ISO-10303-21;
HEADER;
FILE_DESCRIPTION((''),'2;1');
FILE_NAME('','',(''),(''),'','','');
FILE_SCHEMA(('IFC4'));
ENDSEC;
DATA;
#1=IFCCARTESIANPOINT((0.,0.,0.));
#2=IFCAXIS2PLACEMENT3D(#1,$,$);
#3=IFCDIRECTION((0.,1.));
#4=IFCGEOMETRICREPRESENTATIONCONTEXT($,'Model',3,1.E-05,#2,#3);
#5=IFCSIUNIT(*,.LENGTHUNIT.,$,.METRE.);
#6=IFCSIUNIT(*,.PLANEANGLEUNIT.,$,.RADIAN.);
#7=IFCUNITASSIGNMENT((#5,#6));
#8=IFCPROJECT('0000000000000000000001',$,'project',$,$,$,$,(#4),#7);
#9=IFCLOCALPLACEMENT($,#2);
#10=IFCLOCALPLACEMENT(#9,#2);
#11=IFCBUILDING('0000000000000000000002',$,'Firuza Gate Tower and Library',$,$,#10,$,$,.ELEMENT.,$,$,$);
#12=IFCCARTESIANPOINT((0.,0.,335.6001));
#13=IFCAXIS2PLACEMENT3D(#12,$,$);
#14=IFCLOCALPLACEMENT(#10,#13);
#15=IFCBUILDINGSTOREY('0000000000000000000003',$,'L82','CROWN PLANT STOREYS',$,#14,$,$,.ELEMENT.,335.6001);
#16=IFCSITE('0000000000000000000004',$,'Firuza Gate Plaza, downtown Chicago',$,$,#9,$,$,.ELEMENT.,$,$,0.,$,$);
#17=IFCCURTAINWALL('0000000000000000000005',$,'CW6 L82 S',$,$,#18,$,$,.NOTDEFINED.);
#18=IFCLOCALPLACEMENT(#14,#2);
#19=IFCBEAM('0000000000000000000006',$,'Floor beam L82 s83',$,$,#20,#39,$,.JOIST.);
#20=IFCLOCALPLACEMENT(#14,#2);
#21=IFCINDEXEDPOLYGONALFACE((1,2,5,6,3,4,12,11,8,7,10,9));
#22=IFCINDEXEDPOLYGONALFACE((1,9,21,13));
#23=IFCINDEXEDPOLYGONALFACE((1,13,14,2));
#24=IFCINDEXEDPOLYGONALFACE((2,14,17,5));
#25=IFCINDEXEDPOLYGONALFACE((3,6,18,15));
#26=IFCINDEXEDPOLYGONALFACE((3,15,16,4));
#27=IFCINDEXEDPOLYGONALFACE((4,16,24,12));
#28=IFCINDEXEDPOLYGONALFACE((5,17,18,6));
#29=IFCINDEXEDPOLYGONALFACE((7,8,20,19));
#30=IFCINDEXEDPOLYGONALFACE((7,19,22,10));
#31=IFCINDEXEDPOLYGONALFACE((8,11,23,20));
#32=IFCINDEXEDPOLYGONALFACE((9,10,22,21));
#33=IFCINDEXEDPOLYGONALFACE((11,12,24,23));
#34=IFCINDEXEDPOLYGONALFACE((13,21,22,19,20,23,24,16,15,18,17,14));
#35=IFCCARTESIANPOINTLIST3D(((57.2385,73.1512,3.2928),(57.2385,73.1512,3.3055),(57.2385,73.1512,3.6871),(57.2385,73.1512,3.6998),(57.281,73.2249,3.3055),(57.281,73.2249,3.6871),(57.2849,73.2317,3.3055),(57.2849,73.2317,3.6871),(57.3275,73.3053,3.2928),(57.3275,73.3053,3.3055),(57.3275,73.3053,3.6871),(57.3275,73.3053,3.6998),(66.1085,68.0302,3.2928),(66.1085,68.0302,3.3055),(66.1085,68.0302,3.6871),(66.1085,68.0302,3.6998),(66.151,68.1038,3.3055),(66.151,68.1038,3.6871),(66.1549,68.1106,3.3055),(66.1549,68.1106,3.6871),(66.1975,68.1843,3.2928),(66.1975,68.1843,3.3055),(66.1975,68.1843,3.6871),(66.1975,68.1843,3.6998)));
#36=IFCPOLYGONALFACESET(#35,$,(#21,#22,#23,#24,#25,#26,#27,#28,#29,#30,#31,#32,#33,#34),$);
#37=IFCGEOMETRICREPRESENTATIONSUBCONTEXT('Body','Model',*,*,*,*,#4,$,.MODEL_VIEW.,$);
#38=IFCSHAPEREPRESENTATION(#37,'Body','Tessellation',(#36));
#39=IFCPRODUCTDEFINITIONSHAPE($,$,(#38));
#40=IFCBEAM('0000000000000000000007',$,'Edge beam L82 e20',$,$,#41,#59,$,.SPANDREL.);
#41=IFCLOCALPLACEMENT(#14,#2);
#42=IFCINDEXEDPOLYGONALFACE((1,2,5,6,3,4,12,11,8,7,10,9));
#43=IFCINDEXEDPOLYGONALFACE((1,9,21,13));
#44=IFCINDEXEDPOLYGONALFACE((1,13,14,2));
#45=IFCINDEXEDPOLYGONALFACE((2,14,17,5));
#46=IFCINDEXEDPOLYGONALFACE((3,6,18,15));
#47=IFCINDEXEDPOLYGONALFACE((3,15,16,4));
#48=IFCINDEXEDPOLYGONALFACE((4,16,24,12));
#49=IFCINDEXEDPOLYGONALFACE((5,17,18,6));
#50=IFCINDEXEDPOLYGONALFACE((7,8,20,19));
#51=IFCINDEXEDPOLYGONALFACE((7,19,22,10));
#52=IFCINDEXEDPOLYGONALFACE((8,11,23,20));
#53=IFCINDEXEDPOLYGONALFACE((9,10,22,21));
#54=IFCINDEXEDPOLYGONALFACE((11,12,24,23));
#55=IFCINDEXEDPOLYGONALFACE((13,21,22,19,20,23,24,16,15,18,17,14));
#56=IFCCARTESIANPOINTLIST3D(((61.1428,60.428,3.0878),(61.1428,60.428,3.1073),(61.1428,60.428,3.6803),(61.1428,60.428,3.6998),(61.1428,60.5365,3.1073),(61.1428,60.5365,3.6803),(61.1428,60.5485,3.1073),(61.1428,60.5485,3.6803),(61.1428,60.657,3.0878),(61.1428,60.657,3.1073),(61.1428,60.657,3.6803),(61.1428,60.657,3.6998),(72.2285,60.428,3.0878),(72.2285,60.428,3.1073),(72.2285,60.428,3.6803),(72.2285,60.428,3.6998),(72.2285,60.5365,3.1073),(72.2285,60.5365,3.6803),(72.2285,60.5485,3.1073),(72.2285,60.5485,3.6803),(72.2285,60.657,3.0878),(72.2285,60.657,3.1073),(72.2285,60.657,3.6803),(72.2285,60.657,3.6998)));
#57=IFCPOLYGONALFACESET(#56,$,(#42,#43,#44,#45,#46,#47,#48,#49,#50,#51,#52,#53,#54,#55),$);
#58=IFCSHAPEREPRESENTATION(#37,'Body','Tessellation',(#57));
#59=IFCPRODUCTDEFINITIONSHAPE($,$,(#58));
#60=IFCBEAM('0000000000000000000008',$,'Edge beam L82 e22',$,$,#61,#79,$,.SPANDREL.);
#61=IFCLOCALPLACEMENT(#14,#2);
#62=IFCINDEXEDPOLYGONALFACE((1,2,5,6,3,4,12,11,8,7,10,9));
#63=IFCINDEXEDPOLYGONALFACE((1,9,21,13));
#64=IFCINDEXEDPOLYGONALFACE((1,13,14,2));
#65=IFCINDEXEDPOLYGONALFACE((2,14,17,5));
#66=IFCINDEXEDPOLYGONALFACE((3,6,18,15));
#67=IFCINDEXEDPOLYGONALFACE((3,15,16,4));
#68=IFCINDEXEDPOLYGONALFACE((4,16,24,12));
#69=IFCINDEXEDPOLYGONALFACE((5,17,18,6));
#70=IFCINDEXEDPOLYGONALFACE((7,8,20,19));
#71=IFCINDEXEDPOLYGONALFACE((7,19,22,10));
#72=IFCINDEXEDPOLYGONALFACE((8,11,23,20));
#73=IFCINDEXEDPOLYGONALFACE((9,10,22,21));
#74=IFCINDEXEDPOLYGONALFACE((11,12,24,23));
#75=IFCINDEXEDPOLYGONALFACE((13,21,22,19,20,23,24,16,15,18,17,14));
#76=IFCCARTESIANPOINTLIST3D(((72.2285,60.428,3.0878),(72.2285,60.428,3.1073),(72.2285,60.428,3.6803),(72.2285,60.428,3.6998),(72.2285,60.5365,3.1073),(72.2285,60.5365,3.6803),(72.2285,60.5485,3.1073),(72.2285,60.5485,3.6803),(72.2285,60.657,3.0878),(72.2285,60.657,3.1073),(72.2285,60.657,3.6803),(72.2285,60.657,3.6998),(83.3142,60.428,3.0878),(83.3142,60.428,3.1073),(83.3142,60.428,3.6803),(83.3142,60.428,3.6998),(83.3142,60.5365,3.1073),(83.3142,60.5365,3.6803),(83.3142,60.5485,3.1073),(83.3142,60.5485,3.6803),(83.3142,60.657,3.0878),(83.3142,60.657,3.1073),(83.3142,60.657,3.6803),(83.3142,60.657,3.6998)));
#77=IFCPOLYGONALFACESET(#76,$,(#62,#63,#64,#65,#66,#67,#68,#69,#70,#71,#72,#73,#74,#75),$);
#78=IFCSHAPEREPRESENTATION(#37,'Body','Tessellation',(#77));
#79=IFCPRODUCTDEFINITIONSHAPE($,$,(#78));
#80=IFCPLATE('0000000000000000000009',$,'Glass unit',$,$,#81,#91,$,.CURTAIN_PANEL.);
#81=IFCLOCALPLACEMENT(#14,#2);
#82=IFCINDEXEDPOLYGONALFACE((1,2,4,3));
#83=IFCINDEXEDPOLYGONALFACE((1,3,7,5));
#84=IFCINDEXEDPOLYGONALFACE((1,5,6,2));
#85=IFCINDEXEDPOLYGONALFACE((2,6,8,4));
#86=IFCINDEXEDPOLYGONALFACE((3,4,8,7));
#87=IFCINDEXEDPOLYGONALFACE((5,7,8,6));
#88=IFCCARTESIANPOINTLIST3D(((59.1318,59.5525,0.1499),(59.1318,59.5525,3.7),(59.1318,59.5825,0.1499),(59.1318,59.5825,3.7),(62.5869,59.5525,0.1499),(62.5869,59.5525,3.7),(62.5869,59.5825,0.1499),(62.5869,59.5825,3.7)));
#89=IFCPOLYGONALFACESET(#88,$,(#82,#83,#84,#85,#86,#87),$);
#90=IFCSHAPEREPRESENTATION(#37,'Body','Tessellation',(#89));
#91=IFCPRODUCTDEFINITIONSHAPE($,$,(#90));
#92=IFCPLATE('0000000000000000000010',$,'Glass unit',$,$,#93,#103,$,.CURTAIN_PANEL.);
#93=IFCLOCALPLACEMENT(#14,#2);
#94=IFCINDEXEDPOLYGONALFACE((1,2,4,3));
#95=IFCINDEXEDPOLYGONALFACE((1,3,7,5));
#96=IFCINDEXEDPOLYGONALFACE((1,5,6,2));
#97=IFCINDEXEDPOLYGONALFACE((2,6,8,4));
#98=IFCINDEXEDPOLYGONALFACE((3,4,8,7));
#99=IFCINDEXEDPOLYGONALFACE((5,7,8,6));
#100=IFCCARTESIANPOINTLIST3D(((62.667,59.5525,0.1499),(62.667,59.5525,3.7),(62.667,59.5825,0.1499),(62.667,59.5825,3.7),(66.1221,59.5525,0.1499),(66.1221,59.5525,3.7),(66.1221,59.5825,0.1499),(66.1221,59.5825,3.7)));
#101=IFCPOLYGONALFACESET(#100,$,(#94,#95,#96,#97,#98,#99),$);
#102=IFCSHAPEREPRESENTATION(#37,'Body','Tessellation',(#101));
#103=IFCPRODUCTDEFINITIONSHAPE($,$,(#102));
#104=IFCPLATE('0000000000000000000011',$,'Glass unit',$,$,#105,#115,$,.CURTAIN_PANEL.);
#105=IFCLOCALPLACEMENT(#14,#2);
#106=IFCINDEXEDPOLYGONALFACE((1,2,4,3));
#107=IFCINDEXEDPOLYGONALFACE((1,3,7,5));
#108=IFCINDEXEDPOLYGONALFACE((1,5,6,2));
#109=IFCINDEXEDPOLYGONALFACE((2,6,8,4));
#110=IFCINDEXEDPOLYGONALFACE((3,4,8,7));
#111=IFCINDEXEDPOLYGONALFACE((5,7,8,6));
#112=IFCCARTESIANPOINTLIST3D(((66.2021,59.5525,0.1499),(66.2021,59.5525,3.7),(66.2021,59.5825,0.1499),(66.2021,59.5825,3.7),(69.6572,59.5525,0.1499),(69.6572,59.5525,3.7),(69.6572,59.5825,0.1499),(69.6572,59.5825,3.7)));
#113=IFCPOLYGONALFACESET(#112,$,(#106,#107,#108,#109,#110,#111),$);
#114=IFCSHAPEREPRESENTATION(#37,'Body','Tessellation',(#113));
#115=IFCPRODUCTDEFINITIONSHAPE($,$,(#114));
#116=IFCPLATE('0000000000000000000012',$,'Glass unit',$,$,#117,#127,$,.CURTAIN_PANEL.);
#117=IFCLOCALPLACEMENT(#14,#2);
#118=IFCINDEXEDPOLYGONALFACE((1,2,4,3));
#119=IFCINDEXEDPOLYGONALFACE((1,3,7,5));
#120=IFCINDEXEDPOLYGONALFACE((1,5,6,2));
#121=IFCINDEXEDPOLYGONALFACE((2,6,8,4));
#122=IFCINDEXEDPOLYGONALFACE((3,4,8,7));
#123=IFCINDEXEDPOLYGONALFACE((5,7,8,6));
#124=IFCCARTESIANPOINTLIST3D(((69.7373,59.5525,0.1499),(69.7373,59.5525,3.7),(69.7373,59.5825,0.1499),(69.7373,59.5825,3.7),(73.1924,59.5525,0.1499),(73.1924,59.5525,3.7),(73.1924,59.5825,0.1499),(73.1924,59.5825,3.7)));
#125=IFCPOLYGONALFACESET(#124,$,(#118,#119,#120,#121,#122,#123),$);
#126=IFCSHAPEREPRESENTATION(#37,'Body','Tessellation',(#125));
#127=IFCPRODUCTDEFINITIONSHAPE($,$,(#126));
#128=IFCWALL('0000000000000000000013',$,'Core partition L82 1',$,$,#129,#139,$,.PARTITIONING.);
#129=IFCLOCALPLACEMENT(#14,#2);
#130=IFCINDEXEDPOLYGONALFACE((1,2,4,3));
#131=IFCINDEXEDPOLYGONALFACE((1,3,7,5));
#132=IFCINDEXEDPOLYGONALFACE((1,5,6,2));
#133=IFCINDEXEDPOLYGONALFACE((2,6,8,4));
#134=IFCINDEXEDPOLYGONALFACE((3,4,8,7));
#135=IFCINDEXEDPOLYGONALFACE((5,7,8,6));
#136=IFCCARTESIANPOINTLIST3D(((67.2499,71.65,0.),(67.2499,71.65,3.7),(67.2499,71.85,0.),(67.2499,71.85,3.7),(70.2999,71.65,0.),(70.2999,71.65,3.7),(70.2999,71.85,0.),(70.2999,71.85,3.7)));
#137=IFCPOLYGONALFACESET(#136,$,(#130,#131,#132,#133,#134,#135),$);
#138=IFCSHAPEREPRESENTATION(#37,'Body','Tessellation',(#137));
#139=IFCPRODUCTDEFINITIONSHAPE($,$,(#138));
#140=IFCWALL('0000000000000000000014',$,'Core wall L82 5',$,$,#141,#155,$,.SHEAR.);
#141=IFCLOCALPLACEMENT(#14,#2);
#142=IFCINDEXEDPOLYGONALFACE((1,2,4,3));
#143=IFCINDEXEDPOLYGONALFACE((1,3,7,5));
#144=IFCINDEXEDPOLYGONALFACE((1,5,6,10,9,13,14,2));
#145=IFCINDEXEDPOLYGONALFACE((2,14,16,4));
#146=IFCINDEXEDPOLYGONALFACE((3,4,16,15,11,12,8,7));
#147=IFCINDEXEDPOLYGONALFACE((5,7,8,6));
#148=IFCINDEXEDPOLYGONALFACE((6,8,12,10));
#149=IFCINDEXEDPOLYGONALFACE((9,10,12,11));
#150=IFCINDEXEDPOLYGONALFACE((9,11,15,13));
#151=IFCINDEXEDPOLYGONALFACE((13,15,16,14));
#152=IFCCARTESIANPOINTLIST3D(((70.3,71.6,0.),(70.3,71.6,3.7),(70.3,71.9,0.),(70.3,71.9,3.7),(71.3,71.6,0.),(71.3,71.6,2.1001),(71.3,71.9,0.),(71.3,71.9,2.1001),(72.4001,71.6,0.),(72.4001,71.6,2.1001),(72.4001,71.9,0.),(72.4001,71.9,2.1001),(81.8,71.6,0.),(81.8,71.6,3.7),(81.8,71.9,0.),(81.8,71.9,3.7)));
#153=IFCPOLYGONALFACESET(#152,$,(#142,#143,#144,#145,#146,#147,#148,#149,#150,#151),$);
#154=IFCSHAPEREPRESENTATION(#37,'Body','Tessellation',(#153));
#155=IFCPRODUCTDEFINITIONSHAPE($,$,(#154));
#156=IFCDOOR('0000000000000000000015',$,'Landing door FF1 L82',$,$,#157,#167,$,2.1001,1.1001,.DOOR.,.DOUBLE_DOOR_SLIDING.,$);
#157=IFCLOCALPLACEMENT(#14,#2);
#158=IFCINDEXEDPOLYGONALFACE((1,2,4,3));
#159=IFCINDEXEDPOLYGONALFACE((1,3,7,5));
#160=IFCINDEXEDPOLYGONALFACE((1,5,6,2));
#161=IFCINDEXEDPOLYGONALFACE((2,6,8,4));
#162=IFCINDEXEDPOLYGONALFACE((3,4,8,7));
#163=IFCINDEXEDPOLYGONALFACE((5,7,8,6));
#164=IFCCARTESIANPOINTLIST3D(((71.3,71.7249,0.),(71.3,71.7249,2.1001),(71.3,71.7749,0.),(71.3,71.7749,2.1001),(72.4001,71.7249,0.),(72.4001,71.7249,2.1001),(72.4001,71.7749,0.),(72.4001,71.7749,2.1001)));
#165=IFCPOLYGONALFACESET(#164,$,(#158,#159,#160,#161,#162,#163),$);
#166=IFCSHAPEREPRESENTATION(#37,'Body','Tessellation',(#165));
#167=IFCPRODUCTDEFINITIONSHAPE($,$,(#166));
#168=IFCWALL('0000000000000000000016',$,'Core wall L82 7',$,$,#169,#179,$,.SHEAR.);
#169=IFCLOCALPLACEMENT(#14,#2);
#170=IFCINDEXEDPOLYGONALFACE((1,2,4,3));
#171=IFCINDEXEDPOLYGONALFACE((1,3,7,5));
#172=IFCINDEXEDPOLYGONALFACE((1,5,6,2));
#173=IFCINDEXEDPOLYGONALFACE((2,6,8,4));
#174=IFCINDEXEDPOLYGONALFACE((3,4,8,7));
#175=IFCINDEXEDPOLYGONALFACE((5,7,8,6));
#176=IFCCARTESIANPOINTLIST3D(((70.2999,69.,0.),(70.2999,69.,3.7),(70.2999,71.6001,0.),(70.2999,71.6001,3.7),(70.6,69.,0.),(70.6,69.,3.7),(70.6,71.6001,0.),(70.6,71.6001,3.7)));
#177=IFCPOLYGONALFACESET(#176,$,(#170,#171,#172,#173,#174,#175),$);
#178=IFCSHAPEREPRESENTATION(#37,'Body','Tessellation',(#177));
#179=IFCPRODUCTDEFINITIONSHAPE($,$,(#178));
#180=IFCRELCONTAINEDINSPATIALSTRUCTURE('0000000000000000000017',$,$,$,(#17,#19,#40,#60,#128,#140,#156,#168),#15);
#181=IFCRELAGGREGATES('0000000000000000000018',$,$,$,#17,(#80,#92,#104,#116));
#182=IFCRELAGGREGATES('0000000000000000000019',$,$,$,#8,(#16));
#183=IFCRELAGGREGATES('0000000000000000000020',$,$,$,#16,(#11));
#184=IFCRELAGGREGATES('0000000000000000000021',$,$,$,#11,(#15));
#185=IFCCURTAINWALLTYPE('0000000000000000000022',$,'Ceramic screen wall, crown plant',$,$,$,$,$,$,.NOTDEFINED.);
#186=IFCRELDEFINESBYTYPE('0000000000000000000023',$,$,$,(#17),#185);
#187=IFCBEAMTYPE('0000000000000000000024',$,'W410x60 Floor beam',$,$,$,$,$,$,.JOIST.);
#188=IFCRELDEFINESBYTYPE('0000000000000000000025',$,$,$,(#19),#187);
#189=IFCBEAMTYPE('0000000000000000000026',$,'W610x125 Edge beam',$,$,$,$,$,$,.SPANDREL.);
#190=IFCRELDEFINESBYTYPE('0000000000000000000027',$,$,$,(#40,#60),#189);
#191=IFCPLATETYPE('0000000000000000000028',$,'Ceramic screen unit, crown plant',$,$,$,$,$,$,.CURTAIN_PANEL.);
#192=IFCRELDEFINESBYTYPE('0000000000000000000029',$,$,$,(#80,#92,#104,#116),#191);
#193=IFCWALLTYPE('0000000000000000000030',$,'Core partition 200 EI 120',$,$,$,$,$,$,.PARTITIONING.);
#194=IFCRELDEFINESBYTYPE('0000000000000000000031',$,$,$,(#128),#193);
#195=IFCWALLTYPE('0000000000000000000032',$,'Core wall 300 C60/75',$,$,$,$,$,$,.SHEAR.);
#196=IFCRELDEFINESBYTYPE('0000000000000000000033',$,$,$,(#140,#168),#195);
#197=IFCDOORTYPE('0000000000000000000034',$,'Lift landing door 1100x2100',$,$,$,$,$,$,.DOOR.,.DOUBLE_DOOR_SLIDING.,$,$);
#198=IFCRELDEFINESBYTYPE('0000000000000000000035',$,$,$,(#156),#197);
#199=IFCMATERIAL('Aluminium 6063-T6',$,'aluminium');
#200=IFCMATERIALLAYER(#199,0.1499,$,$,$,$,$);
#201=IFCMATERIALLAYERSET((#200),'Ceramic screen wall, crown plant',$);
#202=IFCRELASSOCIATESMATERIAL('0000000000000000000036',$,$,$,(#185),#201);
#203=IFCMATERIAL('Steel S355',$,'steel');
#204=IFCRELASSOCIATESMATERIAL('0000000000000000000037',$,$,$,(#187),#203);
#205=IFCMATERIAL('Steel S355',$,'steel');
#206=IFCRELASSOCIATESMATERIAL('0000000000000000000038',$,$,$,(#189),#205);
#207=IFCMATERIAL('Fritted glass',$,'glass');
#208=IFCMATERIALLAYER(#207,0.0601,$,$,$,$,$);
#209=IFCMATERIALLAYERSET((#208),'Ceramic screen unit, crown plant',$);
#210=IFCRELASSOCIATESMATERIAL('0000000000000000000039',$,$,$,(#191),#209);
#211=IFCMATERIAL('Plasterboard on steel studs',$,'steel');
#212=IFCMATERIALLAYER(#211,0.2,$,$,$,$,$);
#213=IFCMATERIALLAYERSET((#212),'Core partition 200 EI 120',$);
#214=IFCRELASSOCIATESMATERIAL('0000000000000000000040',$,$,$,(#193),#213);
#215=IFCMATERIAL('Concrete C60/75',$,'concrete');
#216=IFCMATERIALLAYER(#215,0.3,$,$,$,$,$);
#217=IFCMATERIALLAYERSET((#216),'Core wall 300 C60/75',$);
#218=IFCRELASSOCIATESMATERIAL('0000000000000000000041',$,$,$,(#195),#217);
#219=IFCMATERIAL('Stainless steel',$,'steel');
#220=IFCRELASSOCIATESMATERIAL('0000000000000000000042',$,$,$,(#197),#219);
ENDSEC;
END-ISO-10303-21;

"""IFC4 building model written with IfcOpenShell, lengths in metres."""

from ifc_helpers import new_model, si_unit, direction, frame, frame_2d, origin, origin_2d, place, context, subcontext, project, spatial, polyline, rectangle, i_section, outline, extrude, material, layer, layer_set, material_profile, profile_set, type_object, element, fill, aggregate, save


model = new_model("IFC4")

# Units and contexts
model_context = context("Model", 3, precision=1e-05, world=origin(), true_north=direction((0.0, 1.0)))
body_context = subcontext(model_context, "Body", "Model", "MODEL_VIEW")
ifc_project = project(units=[si_unit("LENGTHUNIT", "METRE"), si_unit("PLANEANGLEUNIT", "RADIAN")], contexts=[model_context])

# Site, building, storey
site_placement = place(None, origin())
site = spatial("IfcSite", under=ifc_project, at=site_placement, Name="Firuza Gate Plaza, downtown Chicago", CompositionType="ELEMENT", RefElevation=0.0)
building_placement = place(site_placement, origin())
building = spatial("IfcBuilding", under=site, at=building_placement, Name="Firuza Gate Tower and Library", CompositionType="ELEMENT")
storey_placement = place(building_placement, frame((0.0, 0.0, 335.6001)))
storey = spatial("IfcBuildingStorey", under=building, at=storey_placement, Name="L82", Description="CROWN PLANT STOREYS", CompositionType="ELEMENT", Elevation=335.6001)

# Curtain wall
ifc_material_1 = material(Name="Aluminium 6063-T6", Category="aluminium")
ifc_layer_1 = layer(ifc_material_1, 0.1499)
ifc_layer_set_1 = layer_set([ifc_layer_1], Name="Ceramic screen wall, crown plant")
curtain_wall_type = type_object("IfcCurtainWallType", Name="Ceramic screen wall, crown plant", PredefinedType="NOTDEFINED", material=ifc_layer_set_1)
curtain_wall_placement = place(storey_placement, origin())
curtain_wall = element("IfcCurtainWall", 1, at=curtain_wall_placement, inside=storey, type_object=curtain_wall_type, Name="CW6 L82 S", PredefinedType="NOTDEFINED")

# Beams
ifc_material_2 = material(Name="Steel S355", Category="steel")
ifc_material_profile_1 = material_profile(ifc_material_2, i_section(OverallWidth=0.178, OverallDepth=0.407, WebThickness=0.0078, FlangeThickness=0.0127, at=origin_2d()))
ifc_profile_set_1 = profile_set([ifc_material_profile_1], Name="Steel S355")
beam_type_1 = type_object("IfcBeamType", Name="W410x60 Floor beam", PredefinedType="JOIST", material=ifc_profile_set_1)
beam_1_placement = place(storey_placement, frame((57.283, 73.2283, 3.4963), z_axis=(0.866028, -0.499995, 0.0), x_axis=(0.499995, 0.866028, 0.0)))
element("IfcBeam", 2, at=beam_1_placement, inside=storey, type_object=beam_type_1, Name="Floor beam L82 s83", PredefinedType="JOIST", context=body_context, shape_type="SweptSolid", body=[
    extrude(i_section(OverallWidth=0.178, OverallDepth=0.407, WebThickness=0.0078, FlangeThickness=0.0127, at=origin_2d()), origin(), (0.0, 0.0, 1.0), 10.2422),
])
ifc_material_3 = material(Name="Steel S355", Category="steel")
ifc_material_profile_2 = material_profile(ifc_material_3, i_section(OverallWidth=0.229, OverallDepth=0.6121, WebThickness=0.012, FlangeThickness=0.0195, at=origin_2d()))
ifc_profile_set_2 = profile_set([ifc_material_profile_2], Name="Steel S355")
beam_type_2 = type_object("IfcBeamType", Name="W610x125 Edge beam", PredefinedType="SPANDREL", material=ifc_profile_set_2)
for number, where, z_axis, x_axis, name in (
    (3, (61.1428, 60.5425, 3.3938), (1.0, 0.0, 0.0), (0.0, 1.0, 0.0), "Edge beam L82 e20"),
    (4, (72.2285, 60.5425, 3.3938), (1.0, 0.0, 0.0), (0.0, 1.0, 0.0), "Edge beam L82 e22"),
):
    element("IfcBeam", number, at=place(storey_placement, frame(where, z_axis=z_axis, x_axis=x_axis)), inside=storey, type_object=beam_type_2, Name=name, PredefinedType="SPANDREL", context=body_context, shape_type="SweptSolid", body=[
        extrude(i_section(OverallWidth=0.229, OverallDepth=0.6121, WebThickness=0.012, FlangeThickness=0.0195, at=origin_2d()), origin(), (0.0, 0.0, 1.0), 11.0857),
    ])

# Plates
ifc_material_4 = material(Name="Fritted glass", Category="glass")
ifc_layer_2 = layer(ifc_material_4, 0.0601)
ifc_layer_set_2 = layer_set([ifc_layer_2], Name="Ceramic screen unit, crown plant")
plate_type = type_object("IfcPlateType", Name="Ceramic screen unit, crown plant", PredefinedType="CURTAIN_PANEL", material=ifc_layer_set_2)
plate_1_placement = place(storey_placement, frame((59.1318, 59.5525, 0.1499), z_axis=(0.0, -1.0, 0.0), x_axis=(1.0, 0.0, 0.0)))
plate_1 = element("IfcPlate", 5, at=plate_1_placement, type_object=plate_type, Name="Glass unit", PredefinedType="CURTAIN_PANEL", context=body_context, shape_type="SweptSolid", body=[
    extrude(outline(polyline([(0.0, 0.0), (3.4551, 0.0), (3.4551, 3.55), (0.0, 3.55), (0.0, 0.0)])), origin(), (0.0, 0.0, -1.0), 0.03),
])
plate_2_placement = place(storey_placement, frame((62.667, 59.5525, 0.1499), z_axis=(0.0, -1.0, 0.0), x_axis=(1.0, 0.0, 0.0)))
plate_2 = element("IfcPlate", 6, at=plate_2_placement, type_object=plate_type, Name="Glass unit", PredefinedType="CURTAIN_PANEL", context=body_context, shape_type="SweptSolid", body=[
    extrude(outline(polyline([(0.0, 0.0), (3.4551, 0.0), (3.4551, 3.55), (0.0, 3.55), (0.0, 0.0)])), origin(), (0.0, 0.0, -1.0), 0.03),
])
plate_3_placement = place(storey_placement, frame((66.2021, 59.5525, 0.1499), z_axis=(0.0, -1.0, 0.0), x_axis=(1.0, 0.0, 0.0)))
plate_3 = element("IfcPlate", 7, at=plate_3_placement, type_object=plate_type, Name="Glass unit", PredefinedType="CURTAIN_PANEL", context=body_context, shape_type="SweptSolid", body=[
    extrude(outline(polyline([(0.0, 0.0), (3.4551, 0.0), (3.4551, 3.55), (0.0, 3.55), (0.0, 0.0)])), origin(), (0.0, 0.0, -1.0), 0.03),
])
plate_4_placement = place(storey_placement, frame((69.7373, 59.5525, 0.1499), z_axis=(0.0, -1.0, 0.0), x_axis=(1.0, 0.0, 0.0)))
plate_4 = element("IfcPlate", 8, at=plate_4_placement, type_object=plate_type, Name="Glass unit", PredefinedType="CURTAIN_PANEL", context=body_context, shape_type="SweptSolid", body=[
    extrude(outline(polyline([(0.0, 0.0), (3.4551, 0.0), (3.4551, 3.55), (0.0, 3.55), (0.0, 0.0)])), origin(), (0.0, 0.0, -1.0), 0.03),
])
aggregate(curtain_wall, [plate_1, plate_2, plate_3, plate_4])

# Wall
ifc_material_5 = material(Name="Plasterboard on steel studs", Category="steel")
ifc_layer_3 = layer(ifc_material_5, 0.2)
ifc_layer_set_3 = layer_set([ifc_layer_3], Name="Core partition 200 EI 120")
wall_type_1 = type_object("IfcWallType", Name="Core partition 200 EI 120", PredefinedType="PARTITIONING", material=ifc_layer_set_3)
wall_1_placement = place(storey_placement, frame((67.25, 71.75, 0.0), z_axis=(0.0, 0.0, 1.0), x_axis=(1.0, 0.0, 0.0)))
element("IfcWall", 9, at=wall_1_placement, inside=storey, type_object=wall_type_1, Name="Core partition L82 1", PredefinedType="PARTITIONING", context=body_context, shape_type="SweptSolid", body=[
    extrude(rectangle(XDim=3.05, YDim=0.2, at=frame_2d((1.5249, 0.0))), origin(), (0.0, 0.0, 1.0), 3.7),
])

# Wall, opening, door
ifc_material_6 = material(Name="Concrete C60/75", Category="concrete")
ifc_layer_4 = layer(ifc_material_6, 0.3)
ifc_layer_set_4 = layer_set([ifc_layer_4], Name="Core wall 300 C60/75")
wall_type_2 = type_object("IfcWallType", Name="Core wall 300 C60/75", PredefinedType="SHEAR", material=ifc_layer_set_4)
wall_2_placement = place(storey_placement, frame((70.3, 71.75, 0.0), z_axis=(0.0, 0.0, 1.0), x_axis=(1.0, 0.0, 0.0)))
wall_2 = element("IfcWall", 10, at=wall_2_placement, inside=storey, type_object=wall_type_2, Name="Core wall L82 5", PredefinedType="SHEAR", context=body_context, shape_type="SweptSolid", body=[
    extrude(rectangle(XDim=11.5, YDim=0.3, at=frame_2d((5.75, 0.0))), origin(), (0.0, 0.0, 1.0), 3.7),
])
opening_1_placement = place(wall_2_placement, frame((1.0, 0.0, 0.0)))
opening_1 = element("IfcOpeningElement", 11, at=opening_1_placement, cuts=wall_2, PredefinedType="OPENING", context=body_context, shape_type="SweptSolid", body=[
    extrude(rectangle(XDim=1.1001, YDim=2.1001, at=frame_2d((0.55, 1.05))), frame((0.0, 0.1602, 0.0), z_axis=(0.0, -1.0, 0.0), x_axis=(1.0, 0.0, 0.0)), (0.0, 0.0, 1.0), 0.3201),
])
ifc_material_7 = material(Name="Stainless steel", Category="steel")
door_type_1 = type_object("IfcDoorType", Name="Lift landing door 1100x2100", OperationType="DOUBLE_DOOR_SLIDING", PredefinedType="DOOR", material=ifc_material_7)
door_1_placement = place(opening_1_placement, origin())
door_1 = element("IfcDoor", 12, at=door_1_placement, inside=storey, type_object=door_type_1, Name="Landing door FF1 L82", OperationType="DOUBLE_DOOR_SLIDING", OverallHeight=2.1001, OverallWidth=1.1001, PredefinedType="DOOR", context=body_context, shape_type="SweptSolid", body=[
    extrude(rectangle(XDim=1.1001, YDim=2.1001, at=frame_2d((0.55, 1.05))), frame((0.0, 0.0249, 0.0), z_axis=(0.0, -1.0, 0.0), x_axis=(1.0, 0.0, 0.0)), (0.0, 0.0, 1.0), 0.05),
])
fill(opening_1, door_1)

# Wall
wall_3_placement = place(storey_placement, frame((70.45, 69.0, 0.0), z_axis=(0.0, 0.0, 1.0), x_axis=(0.0, 1.0, 0.0)))
element("IfcWall", 13, at=wall_3_placement, inside=storey, type_object=wall_type_2, Name="Core wall L82 7", PredefinedType="SHEAR", context=body_context, shape_type="SweptSolid", body=[
    extrude(rectangle(XDim=2.6001, YDim=0.3, at=frame_2d((1.3, 0.0))), origin(), (0.0, 0.0, 1.0), 3.7),
])

save(model, "model.ifc")
